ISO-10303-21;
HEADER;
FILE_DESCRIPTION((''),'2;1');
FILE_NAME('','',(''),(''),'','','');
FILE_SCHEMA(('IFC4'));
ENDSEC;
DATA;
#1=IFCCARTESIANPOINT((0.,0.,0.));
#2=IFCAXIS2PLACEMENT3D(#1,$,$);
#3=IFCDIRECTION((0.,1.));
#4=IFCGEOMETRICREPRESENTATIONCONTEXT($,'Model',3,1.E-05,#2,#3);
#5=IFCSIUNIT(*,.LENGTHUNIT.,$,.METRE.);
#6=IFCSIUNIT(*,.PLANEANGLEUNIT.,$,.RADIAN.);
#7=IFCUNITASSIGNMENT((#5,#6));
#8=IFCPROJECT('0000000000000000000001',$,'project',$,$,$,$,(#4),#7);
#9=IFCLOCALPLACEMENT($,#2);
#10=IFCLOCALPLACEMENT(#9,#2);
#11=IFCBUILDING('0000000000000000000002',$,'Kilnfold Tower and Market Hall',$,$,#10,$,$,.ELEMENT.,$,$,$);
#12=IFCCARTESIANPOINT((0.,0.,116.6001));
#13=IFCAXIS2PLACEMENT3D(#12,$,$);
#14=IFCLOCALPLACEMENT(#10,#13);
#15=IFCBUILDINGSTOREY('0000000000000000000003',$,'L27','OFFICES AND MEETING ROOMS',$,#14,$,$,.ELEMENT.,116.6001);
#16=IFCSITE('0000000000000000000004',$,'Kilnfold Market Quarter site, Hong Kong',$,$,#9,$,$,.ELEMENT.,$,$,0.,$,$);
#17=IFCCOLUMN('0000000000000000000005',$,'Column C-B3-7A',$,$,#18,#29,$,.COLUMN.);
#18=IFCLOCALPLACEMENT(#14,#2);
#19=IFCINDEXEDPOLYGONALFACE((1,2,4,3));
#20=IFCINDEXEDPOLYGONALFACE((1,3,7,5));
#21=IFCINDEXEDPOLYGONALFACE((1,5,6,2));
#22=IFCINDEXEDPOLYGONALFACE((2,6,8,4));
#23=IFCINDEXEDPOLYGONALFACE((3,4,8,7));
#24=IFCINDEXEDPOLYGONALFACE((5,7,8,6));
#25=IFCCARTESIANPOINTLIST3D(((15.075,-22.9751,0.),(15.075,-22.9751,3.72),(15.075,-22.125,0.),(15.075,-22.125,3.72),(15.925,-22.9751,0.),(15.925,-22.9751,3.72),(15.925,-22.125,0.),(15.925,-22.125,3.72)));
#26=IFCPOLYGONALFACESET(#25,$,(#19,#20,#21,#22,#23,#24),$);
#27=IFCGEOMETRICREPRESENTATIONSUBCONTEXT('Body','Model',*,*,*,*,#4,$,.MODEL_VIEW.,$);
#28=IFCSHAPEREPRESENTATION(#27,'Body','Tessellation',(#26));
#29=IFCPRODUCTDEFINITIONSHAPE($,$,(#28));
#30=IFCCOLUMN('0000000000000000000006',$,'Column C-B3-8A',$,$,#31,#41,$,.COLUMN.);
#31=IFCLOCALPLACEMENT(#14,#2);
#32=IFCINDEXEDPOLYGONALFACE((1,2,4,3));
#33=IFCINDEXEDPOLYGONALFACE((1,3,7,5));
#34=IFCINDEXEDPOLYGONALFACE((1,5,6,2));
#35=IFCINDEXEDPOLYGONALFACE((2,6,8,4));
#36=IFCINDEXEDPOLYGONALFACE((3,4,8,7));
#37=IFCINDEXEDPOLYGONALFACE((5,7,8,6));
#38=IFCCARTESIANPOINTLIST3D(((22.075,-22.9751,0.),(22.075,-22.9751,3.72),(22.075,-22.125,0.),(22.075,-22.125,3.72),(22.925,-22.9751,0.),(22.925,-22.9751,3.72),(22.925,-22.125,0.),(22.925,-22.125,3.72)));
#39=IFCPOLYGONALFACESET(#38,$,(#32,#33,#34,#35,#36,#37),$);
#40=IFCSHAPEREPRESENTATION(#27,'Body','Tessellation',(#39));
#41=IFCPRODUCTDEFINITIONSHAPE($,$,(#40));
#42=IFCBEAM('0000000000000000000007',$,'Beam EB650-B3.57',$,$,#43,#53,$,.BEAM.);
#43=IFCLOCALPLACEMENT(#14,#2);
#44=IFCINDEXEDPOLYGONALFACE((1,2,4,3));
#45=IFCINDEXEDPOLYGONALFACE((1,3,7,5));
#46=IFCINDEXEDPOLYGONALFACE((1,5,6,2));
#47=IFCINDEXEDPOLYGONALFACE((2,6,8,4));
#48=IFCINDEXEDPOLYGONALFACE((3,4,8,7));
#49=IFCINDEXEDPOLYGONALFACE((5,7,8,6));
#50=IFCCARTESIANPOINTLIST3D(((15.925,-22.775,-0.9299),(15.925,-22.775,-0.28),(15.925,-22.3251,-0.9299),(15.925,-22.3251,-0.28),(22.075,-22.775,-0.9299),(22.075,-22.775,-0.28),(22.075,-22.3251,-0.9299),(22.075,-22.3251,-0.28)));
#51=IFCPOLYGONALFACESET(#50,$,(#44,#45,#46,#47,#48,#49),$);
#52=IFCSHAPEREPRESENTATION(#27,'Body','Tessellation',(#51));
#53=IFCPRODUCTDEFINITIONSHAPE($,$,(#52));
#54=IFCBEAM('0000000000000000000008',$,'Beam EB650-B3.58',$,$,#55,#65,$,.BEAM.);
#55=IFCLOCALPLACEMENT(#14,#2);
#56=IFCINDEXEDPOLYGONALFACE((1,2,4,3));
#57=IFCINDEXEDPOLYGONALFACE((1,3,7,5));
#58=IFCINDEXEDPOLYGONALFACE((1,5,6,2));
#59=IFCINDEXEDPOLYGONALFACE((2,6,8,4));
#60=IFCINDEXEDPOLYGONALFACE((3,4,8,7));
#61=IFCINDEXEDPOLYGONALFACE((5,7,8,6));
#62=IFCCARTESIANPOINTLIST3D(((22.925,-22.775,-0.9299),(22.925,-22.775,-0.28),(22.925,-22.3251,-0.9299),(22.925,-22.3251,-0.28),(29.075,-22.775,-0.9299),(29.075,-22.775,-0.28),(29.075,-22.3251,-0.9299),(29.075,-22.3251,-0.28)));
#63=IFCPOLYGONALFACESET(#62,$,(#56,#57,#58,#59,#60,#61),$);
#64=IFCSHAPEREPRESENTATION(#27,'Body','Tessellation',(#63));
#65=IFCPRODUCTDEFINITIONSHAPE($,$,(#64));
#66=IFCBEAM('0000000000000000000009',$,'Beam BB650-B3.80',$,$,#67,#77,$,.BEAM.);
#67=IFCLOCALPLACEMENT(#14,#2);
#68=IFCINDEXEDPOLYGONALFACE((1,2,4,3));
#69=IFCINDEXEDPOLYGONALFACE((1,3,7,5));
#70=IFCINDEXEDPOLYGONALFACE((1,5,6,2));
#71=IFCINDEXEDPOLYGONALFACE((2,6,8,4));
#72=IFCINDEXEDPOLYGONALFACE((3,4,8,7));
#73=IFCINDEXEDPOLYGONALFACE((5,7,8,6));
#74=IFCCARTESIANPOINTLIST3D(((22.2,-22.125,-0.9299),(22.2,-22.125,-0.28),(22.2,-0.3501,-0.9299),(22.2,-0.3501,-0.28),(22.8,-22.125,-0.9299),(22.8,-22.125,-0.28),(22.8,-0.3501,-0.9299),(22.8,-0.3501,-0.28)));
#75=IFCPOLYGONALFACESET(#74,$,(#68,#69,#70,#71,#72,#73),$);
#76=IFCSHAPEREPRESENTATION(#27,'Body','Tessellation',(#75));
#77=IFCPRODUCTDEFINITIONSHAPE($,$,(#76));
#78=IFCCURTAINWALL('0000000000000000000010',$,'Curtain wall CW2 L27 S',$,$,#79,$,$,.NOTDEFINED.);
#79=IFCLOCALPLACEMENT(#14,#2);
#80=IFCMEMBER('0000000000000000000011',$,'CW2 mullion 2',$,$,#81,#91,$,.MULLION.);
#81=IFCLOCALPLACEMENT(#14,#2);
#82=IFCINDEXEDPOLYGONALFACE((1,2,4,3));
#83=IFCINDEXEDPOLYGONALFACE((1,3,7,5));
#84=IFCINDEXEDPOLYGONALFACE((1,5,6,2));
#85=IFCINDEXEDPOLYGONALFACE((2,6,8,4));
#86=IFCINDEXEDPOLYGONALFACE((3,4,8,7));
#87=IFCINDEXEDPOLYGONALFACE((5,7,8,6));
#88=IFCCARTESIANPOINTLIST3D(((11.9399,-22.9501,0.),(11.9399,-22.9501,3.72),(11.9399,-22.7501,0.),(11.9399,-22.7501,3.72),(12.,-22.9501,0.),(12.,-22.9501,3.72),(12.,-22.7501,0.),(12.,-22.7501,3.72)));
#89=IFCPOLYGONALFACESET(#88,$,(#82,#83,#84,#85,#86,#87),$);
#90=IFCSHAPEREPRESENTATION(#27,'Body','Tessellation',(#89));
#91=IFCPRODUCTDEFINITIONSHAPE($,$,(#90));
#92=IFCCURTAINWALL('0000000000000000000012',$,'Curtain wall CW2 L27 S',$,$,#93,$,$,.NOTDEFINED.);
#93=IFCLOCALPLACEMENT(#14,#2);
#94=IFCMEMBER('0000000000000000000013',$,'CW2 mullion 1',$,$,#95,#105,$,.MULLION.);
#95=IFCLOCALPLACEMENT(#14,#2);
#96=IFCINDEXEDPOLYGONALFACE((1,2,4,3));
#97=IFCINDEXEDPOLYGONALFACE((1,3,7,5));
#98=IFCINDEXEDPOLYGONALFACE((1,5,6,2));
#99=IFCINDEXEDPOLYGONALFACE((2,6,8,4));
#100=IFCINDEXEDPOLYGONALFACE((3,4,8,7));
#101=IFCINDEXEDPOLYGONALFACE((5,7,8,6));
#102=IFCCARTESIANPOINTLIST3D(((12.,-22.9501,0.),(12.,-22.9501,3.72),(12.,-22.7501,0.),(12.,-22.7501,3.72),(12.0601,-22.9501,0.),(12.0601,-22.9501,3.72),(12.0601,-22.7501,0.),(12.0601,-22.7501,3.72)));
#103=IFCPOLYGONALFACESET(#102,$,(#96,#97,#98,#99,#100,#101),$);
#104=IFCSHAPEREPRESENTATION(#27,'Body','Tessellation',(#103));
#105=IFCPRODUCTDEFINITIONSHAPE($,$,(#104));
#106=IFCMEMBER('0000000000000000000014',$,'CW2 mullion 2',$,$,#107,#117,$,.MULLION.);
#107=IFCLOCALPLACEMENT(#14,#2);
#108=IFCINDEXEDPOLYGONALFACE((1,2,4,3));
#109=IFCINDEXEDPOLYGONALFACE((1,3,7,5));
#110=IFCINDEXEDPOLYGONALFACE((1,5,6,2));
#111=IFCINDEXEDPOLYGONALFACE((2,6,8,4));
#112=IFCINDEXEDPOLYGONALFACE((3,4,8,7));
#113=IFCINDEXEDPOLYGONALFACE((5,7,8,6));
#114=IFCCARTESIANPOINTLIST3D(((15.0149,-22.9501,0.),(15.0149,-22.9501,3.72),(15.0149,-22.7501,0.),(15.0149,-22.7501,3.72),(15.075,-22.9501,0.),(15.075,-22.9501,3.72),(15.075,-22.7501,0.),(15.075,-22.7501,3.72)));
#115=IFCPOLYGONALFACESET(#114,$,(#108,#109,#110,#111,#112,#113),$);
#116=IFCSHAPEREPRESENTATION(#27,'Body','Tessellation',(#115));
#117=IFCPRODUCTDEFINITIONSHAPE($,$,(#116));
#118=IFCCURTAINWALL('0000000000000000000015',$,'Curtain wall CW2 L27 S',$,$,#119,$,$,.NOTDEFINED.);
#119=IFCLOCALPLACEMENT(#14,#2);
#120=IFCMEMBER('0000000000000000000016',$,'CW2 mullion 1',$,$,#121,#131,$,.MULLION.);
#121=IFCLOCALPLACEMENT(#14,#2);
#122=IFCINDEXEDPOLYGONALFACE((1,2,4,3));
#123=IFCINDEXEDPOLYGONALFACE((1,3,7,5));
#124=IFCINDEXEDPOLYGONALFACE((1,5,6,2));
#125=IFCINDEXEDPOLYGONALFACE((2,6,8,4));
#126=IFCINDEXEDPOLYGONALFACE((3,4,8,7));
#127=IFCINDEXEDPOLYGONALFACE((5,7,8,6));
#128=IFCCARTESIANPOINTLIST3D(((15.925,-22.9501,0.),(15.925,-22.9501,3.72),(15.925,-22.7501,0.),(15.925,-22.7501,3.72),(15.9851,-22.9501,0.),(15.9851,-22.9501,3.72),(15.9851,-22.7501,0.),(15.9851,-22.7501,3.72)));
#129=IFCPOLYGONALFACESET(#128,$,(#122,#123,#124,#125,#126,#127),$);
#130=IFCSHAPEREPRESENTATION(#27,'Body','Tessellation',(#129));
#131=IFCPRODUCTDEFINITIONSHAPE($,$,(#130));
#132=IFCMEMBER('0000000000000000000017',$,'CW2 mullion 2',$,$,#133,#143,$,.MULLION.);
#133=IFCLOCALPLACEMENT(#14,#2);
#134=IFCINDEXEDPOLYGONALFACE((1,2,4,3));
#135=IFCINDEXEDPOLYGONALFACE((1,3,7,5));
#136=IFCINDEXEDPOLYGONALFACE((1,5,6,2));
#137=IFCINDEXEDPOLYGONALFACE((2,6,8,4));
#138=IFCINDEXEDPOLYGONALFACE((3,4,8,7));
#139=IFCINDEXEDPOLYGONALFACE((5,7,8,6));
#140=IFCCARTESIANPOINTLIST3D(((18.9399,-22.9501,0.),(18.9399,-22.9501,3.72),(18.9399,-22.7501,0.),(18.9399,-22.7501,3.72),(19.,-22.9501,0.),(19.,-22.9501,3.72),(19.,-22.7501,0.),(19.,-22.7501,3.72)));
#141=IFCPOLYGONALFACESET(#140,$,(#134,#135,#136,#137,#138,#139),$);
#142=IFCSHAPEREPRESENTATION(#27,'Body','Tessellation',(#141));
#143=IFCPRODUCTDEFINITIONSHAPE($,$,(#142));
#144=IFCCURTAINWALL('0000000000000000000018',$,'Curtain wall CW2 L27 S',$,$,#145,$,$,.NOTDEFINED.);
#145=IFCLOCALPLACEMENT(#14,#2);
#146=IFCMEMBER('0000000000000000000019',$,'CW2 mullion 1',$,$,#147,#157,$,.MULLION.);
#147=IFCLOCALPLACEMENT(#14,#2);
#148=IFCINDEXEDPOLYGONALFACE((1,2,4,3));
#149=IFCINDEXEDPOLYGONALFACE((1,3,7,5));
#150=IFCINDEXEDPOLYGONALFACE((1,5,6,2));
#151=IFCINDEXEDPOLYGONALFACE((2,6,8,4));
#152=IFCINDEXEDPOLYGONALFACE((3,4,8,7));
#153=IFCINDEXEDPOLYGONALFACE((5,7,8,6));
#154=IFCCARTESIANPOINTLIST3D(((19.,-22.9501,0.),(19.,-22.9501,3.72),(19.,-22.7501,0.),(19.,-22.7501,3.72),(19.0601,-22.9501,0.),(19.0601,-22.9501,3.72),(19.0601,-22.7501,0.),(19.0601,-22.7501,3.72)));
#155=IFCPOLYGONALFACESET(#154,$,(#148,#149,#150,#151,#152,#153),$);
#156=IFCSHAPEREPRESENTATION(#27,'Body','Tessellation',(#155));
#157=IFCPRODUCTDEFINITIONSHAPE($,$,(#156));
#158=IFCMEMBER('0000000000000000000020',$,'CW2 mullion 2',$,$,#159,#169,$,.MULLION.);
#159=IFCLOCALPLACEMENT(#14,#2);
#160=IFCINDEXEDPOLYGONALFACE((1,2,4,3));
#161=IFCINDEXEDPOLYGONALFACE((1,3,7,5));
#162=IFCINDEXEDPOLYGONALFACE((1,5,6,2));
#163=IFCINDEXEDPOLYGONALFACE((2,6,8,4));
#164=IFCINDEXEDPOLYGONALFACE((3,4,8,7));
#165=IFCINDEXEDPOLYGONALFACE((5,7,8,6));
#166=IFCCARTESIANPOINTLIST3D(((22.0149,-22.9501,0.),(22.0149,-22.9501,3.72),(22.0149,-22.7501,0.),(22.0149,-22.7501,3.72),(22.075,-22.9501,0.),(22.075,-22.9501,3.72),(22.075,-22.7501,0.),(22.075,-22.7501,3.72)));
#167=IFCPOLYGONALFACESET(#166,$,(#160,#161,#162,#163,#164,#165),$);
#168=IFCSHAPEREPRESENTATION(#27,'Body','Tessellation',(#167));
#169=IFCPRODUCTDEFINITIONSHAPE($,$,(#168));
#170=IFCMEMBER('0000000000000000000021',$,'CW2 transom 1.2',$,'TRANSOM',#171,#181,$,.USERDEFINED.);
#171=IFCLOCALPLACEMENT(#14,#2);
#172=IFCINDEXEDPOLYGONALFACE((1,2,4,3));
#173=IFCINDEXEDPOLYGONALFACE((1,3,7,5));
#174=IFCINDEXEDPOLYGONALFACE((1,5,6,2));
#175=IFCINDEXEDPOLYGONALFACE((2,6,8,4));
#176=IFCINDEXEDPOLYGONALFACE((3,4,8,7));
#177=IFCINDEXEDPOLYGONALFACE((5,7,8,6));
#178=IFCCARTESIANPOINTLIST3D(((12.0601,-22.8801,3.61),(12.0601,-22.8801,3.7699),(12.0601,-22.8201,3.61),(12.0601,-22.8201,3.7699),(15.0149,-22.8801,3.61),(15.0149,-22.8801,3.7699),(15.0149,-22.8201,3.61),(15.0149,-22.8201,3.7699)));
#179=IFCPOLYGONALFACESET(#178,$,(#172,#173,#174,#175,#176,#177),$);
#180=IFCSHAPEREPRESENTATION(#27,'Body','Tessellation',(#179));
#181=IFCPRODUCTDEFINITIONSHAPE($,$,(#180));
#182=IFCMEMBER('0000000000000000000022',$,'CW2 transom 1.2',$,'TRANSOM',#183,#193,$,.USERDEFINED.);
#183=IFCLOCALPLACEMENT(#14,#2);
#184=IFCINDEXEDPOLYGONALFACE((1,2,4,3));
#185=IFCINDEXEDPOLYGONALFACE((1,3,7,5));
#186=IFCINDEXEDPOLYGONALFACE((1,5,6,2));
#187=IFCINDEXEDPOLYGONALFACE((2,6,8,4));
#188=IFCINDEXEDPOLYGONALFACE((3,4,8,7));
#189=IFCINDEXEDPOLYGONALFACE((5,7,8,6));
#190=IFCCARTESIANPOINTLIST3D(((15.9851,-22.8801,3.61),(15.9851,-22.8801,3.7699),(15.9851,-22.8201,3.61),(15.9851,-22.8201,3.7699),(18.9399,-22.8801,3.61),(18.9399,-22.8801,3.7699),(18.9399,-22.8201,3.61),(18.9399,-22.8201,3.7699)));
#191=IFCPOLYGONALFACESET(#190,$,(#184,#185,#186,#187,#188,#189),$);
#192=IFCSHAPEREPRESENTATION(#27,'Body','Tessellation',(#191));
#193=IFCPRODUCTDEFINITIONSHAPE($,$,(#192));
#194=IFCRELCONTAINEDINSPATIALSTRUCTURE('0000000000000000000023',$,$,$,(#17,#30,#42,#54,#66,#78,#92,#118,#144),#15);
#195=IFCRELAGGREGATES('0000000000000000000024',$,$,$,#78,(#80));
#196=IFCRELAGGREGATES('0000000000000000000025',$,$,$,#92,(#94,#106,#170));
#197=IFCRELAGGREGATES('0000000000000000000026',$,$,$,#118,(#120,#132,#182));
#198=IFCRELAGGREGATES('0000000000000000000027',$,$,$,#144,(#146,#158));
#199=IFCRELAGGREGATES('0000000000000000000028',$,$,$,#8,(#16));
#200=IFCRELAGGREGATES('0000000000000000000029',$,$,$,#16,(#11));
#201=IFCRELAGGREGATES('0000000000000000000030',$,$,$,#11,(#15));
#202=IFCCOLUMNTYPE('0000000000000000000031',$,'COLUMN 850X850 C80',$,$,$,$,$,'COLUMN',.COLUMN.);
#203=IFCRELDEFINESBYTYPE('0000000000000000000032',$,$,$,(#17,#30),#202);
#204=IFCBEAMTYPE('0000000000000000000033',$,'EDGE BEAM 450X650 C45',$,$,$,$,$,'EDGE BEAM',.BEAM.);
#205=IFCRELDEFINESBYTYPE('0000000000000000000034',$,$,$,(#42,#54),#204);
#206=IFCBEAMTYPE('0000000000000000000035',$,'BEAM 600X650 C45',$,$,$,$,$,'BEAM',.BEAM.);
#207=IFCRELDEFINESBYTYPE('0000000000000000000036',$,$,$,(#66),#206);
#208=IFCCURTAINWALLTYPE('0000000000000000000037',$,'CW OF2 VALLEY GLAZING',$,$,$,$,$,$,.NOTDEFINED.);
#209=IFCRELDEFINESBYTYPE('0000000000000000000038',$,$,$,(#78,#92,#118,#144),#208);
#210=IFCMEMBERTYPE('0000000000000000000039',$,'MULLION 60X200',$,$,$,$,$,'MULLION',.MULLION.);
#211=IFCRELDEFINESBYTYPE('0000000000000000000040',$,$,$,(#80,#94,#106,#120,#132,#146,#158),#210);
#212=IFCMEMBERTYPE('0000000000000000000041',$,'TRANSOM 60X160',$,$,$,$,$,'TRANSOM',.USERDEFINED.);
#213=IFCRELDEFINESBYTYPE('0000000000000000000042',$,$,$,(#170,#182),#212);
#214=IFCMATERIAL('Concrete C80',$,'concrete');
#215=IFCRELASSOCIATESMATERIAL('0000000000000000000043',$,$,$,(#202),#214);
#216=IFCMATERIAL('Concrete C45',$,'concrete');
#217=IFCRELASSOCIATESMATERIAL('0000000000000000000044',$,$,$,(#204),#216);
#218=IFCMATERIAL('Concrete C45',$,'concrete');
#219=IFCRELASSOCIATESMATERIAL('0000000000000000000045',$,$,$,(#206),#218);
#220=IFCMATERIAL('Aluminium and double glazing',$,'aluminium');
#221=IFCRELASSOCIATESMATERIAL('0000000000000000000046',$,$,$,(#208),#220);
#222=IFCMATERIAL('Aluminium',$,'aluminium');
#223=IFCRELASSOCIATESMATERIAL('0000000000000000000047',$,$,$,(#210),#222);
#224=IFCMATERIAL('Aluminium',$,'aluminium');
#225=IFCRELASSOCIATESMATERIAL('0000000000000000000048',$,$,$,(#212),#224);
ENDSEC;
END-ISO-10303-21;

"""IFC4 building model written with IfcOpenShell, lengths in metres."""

from ifc_helpers import new_model, si_unit, direction, frame, origin, origin_2d, place, context, subcontext, project, spatial, rectangle, extrude, source, transform, mapped, material, material_profile, profile_set, type_object, element, aggregate, save


model = new_model("IFC4")

# Units and contexts
model_context = context("Model", 3, precision=1e-05, world=origin(), true_north=direction((0.0, 1.0)))
body_context = subcontext(model_context, "Body", "Model", "MODEL_VIEW")
ifc_project = project(units=[si_unit("LENGTHUNIT", "METRE"), si_unit("PLANEANGLEUNIT", "RADIAN")], contexts=[model_context])

# Site, building, storey
site_placement = place(None, origin())
site = spatial("IfcSite", under=ifc_project, at=site_placement, Name="Kilnfold Market Quarter site, Hong Kong", CompositionType="ELEMENT", RefElevation=0.0)
building_placement = place(site_placement, origin())
building = spatial("IfcBuilding", under=site, at=building_placement, Name="Kilnfold Tower and Market Hall", CompositionType="ELEMENT")
storey_placement = place(building_placement, frame((0.0, 0.0, 116.6001)))
storey = spatial("IfcBuildingStorey", under=building, at=storey_placement, Name="L27", Description="OFFICES AND MEETING ROOMS", CompositionType="ELEMENT", Elevation=116.6001)

# Columns
ifc_material_1 = material(Name="Concrete C80", Category="concrete")
ifc_material_profile_1 = material_profile(ifc_material_1, rectangle(XDim=0.8501, YDim=0.8501, at=origin_2d()), Name="RC 850x850")
ifc_profile_set_1 = profile_set([ifc_material_profile_1], Name="Concrete C80")
column_type = type_object("IfcColumnType", Name="COLUMN 850X850 C80", ElementType="COLUMN", PredefinedType="COLUMN", material=ifc_profile_set_1)
shared_shape_1 = source(origin(), body_context, "Body", "SweptSolid", [
    extrude(rectangle(XDim=0.8501, YDim=0.8501, at=origin_2d()), origin(), (0.0, 0.0, 1.0), 3.72),
])
for number, where, z_axis, x_axis, name in (
    (1, (15.5, -22.55, 0.0), (0.0, 0.0, 1.0), (1.0, 0.0, 0.0), "Column C-B3-7A"),
    (2, (22.5, -22.55, 0.0), (0.0, 0.0, 1.0), (1.0, 0.0, 0.0), "Column C-B3-8A"),
):
    element("IfcColumn", number, at=place(storey_placement, frame(where, z_axis=z_axis, x_axis=x_axis)), inside=storey, type_object=column_type, Name=name, PredefinedType="COLUMN", context=body_context, shape_type="MappedRepresentation", body=[
        mapped(shared_shape_1, transform((0.0, 0.0, 0.0))),
    ])

# Beams
ifc_material_2 = material(Name="Concrete C45", Category="concrete")
ifc_material_profile_2 = material_profile(ifc_material_2, rectangle(XDim=0.45, YDim=0.6499, at=origin_2d()), Name="RC 450x650")
ifc_profile_set_2 = profile_set([ifc_material_profile_2], Name="Concrete C45")
beam_type_1 = type_object("IfcBeamType", Name="EDGE BEAM 450X650 C45", ElementType="EDGE BEAM", PredefinedType="BEAM", material=ifc_profile_set_2)
shared_shape_2 = source(origin(), body_context, "Body", "SweptSolid", [
    extrude(rectangle(XDim=0.45, YDim=0.6499, at=origin_2d()), origin(), (0.0, 0.0, 1.0), 6.1499),
])
for number, where, z_axis, x_axis, name in (
    (3, (15.925, -22.55, -0.605), (1.0, 0.0, 0.0), (0.0, 1.0, 0.0), "Beam EB650-B3.57"),
    (4, (22.925, -22.55, -0.605), (1.0, 0.0, 0.0), (0.0, 1.0, 0.0), "Beam EB650-B3.58"),
):
    element("IfcBeam", number, at=place(storey_placement, frame(where, z_axis=z_axis, x_axis=x_axis)), inside=storey, type_object=beam_type_1, Name=name, PredefinedType="BEAM", context=body_context, shape_type="MappedRepresentation", body=[
        mapped(shared_shape_2, transform((0.0, 0.0, 0.0))),
    ])
ifc_material_3 = material(Name="Concrete C45", Category="concrete")
ifc_material_profile_3 = material_profile(ifc_material_3, rectangle(XDim=0.6001, YDim=0.6499, at=origin_2d()), Name="RC 600x650")
ifc_profile_set_3 = profile_set([ifc_material_profile_3], Name="Concrete C45")
beam_type_2 = type_object("IfcBeamType", Name="BEAM 600X650 C45", ElementType="BEAM", PredefinedType="BEAM", material=ifc_profile_set_3)
shared_shape_3 = source(origin(), body_context, "Body", "SweptSolid", [
    extrude(rectangle(XDim=0.6001, YDim=0.6499, at=origin_2d()), origin(), (0.0, 0.0, 1.0), 21.7749),
])
beam_placement = place(storey_placement, frame((22.5, -22.125, -0.605), z_axis=(0.0, 1.0, 0.0), x_axis=(-1.0, 0.0, 0.0)))
element("IfcBeam", 5, at=beam_placement, inside=storey, type_object=beam_type_2, Name="Beam BB650-B3.80", PredefinedType="BEAM", context=body_context, shape_type="MappedRepresentation", body=[
    mapped(shared_shape_3, transform((0.0, 0.0, 0.0))),
])

# Curtain wall, member
ifc_material_4 = material(Name="Aluminium and double glazing", Category="aluminium")
curtain_wall_type = type_object("IfcCurtainWallType", Name="CW OF2 VALLEY GLAZING", PredefinedType="NOTDEFINED", material=ifc_material_4)
curtain_wall_1_placement = place(storey_placement, origin())
curtain_wall_1 = element("IfcCurtainWall", 6, at=curtain_wall_1_placement, inside=storey, type_object=curtain_wall_type, Name="Curtain wall CW2 L27 S", PredefinedType="NOTDEFINED")
ifc_material_5 = material(Name="Aluminium", Category="aluminium")
ifc_material_profile_4 = material_profile(ifc_material_5, rectangle(XDim=0.0601, YDim=0.2, at=origin_2d()), Name="MULLION 60x200")
ifc_profile_set_4 = profile_set([ifc_material_profile_4], Name="Aluminium")
member_type_1 = type_object("IfcMemberType", Name="MULLION 60X200", ElementType="MULLION", PredefinedType="MULLION", material=ifc_profile_set_4)
shared_shape_4 = source(origin(), body_context, "Body", "SweptSolid", [
    extrude(rectangle(XDim=0.0601, YDim=0.2, at=origin_2d()), origin(), (0.0, 0.0, 1.0), 3.72),
])
member_1_placement = place(storey_placement, frame((11.97, -22.8501, 0.0), z_axis=(0.0, 0.0, 1.0), x_axis=(1.0, 0.0, 0.0)))
member_1 = element("IfcMember", 7, at=member_1_placement, type_object=member_type_1, Name="CW2 mullion 2", PredefinedType="MULLION", context=body_context, shape_type="MappedRepresentation", body=[
    mapped(shared_shape_4, transform((0.0, 0.0, 0.0))),
])

# Curtain walls, members
curtain_wall_2_placement = place(storey_placement, origin())
curtain_wall_2 = element("IfcCurtainWall", 8, at=curtain_wall_2_placement, inside=storey, type_object=curtain_wall_type, Name="Curtain wall CW2 L27 S", PredefinedType="NOTDEFINED")
member_2_placement = place(storey_placement, frame((12.03, -22.8501, 0.0), z_axis=(0.0, 0.0, 1.0), x_axis=(1.0, 0.0, 0.0)))
member_2 = element("IfcMember", 9, at=member_2_placement, type_object=member_type_1, Name="CW2 mullion 1", PredefinedType="MULLION", context=body_context, shape_type="MappedRepresentation", body=[
    mapped(shared_shape_4, transform((0.0, 0.0, 0.0))),
])
member_3_placement = place(storey_placement, frame((15.0449, -22.8501, 0.0), z_axis=(0.0, 0.0, 1.0), x_axis=(1.0, 0.0, 0.0)))
member_3 = element("IfcMember", 10, at=member_3_placement, type_object=member_type_1, Name="CW2 mullion 2", PredefinedType="MULLION", context=body_context, shape_type="MappedRepresentation", body=[
    mapped(shared_shape_4, transform((0.0, 0.0, 0.0))),
])
curtain_wall_3_placement = place(storey_placement, origin())
curtain_wall_3 = element("IfcCurtainWall", 11, at=curtain_wall_3_placement, inside=storey, type_object=curtain_wall_type, Name="Curtain wall CW2 L27 S", PredefinedType="NOTDEFINED")
member_4_placement = place(storey_placement, frame((15.9551, -22.8501, 0.0), z_axis=(0.0, 0.0, 1.0), x_axis=(1.0, 0.0, 0.0)))
member_4 = element("IfcMember", 12, at=member_4_placement, type_object=member_type_1, Name="CW2 mullion 1", PredefinedType="MULLION", context=body_context, shape_type="MappedRepresentation", body=[
    mapped(shared_shape_4, transform((0.0, 0.0, 0.0))),
])
member_5_placement = place(storey_placement, frame((18.97, -22.8501, 0.0), z_axis=(0.0, 0.0, 1.0), x_axis=(1.0, 0.0, 0.0)))
member_5 = element("IfcMember", 13, at=member_5_placement, type_object=member_type_1, Name="CW2 mullion 2", PredefinedType="MULLION", context=body_context, shape_type="MappedRepresentation", body=[
    mapped(shared_shape_4, transform((0.0, 0.0, 0.0))),
])
curtain_wall_4_placement = place(storey_placement, origin())
curtain_wall_4 = element("IfcCurtainWall", 14, at=curtain_wall_4_placement, inside=storey, type_object=curtain_wall_type, Name="Curtain wall CW2 L27 S", PredefinedType="NOTDEFINED")
member_6_placement = place(storey_placement, frame((19.03, -22.8501, 0.0), z_axis=(0.0, 0.0, 1.0), x_axis=(1.0, 0.0, 0.0)))
member_6 = element("IfcMember", 15, at=member_6_placement, type_object=member_type_1, Name="CW2 mullion 1", PredefinedType="MULLION", context=body_context, shape_type="MappedRepresentation", body=[
    mapped(shared_shape_4, transform((0.0, 0.0, 0.0))),
])
member_7_placement = place(storey_placement, frame((22.0449, -22.8501, 0.0), z_axis=(0.0, 0.0, 1.0), x_axis=(1.0, 0.0, 0.0)))
member_7 = element("IfcMember", 16, at=member_7_placement, type_object=member_type_1, Name="CW2 mullion 2", PredefinedType="MULLION", context=body_context, shape_type="MappedRepresentation", body=[
    mapped(shared_shape_4, transform((0.0, 0.0, 0.0))),
])

# Members
ifc_material_6 = material(Name="Aluminium", Category="aluminium")
ifc_material_profile_5 = material_profile(ifc_material_6, rectangle(XDim=0.0601, YDim=0.1599, at=origin_2d()), Name="TRANSOM 60x160")
ifc_profile_set_5 = profile_set([ifc_material_profile_5], Name="Aluminium")
member_type_2 = type_object("IfcMemberType", Name="TRANSOM 60X160", ElementType="TRANSOM", PredefinedType="USERDEFINED", material=ifc_profile_set_5)
shared_shape_5 = source(origin(), body_context, "Body", "SweptSolid", [
    extrude(rectangle(XDim=0.0601, YDim=0.1599, at=origin_2d()), origin(), (0.0, 0.0, 1.0), 2.9548),
])
member_8_placement = place(storey_placement, frame((12.0601, -22.8501, 3.6899), z_axis=(1.0, 0.0, 0.0), x_axis=(0.0, 1.0, 0.0)))
member_8 = element("IfcMember", 17, at=member_8_placement, type_object=member_type_2, Name="CW2 transom 1.2", ObjectType="TRANSOM", PredefinedType="USERDEFINED", context=body_context, shape_type="MappedRepresentation", body=[
    mapped(shared_shape_5, transform((0.0, 0.0, 0.0))),
])
member_9_placement = place(storey_placement, frame((15.9851, -22.8501, 3.6899), z_axis=(1.0, 0.0, 0.0), x_axis=(0.0, 1.0, 0.0)))
member_9 = element("IfcMember", 18, at=member_9_placement, type_object=member_type_2, Name="CW2 transom 1.2", ObjectType="TRANSOM", PredefinedType="USERDEFINED", context=body_context, shape_type="MappedRepresentation", body=[
    mapped(shared_shape_5, transform((0.0, 0.0, 0.0))),
])

aggregate(curtain_wall_1, [member_1])
aggregate(curtain_wall_2, [member_2, member_3, member_8])
aggregate(curtain_wall_3, [member_4, member_5, member_9])
aggregate(curtain_wall_4, [member_6, member_7])

save(model, "model.ifc")
